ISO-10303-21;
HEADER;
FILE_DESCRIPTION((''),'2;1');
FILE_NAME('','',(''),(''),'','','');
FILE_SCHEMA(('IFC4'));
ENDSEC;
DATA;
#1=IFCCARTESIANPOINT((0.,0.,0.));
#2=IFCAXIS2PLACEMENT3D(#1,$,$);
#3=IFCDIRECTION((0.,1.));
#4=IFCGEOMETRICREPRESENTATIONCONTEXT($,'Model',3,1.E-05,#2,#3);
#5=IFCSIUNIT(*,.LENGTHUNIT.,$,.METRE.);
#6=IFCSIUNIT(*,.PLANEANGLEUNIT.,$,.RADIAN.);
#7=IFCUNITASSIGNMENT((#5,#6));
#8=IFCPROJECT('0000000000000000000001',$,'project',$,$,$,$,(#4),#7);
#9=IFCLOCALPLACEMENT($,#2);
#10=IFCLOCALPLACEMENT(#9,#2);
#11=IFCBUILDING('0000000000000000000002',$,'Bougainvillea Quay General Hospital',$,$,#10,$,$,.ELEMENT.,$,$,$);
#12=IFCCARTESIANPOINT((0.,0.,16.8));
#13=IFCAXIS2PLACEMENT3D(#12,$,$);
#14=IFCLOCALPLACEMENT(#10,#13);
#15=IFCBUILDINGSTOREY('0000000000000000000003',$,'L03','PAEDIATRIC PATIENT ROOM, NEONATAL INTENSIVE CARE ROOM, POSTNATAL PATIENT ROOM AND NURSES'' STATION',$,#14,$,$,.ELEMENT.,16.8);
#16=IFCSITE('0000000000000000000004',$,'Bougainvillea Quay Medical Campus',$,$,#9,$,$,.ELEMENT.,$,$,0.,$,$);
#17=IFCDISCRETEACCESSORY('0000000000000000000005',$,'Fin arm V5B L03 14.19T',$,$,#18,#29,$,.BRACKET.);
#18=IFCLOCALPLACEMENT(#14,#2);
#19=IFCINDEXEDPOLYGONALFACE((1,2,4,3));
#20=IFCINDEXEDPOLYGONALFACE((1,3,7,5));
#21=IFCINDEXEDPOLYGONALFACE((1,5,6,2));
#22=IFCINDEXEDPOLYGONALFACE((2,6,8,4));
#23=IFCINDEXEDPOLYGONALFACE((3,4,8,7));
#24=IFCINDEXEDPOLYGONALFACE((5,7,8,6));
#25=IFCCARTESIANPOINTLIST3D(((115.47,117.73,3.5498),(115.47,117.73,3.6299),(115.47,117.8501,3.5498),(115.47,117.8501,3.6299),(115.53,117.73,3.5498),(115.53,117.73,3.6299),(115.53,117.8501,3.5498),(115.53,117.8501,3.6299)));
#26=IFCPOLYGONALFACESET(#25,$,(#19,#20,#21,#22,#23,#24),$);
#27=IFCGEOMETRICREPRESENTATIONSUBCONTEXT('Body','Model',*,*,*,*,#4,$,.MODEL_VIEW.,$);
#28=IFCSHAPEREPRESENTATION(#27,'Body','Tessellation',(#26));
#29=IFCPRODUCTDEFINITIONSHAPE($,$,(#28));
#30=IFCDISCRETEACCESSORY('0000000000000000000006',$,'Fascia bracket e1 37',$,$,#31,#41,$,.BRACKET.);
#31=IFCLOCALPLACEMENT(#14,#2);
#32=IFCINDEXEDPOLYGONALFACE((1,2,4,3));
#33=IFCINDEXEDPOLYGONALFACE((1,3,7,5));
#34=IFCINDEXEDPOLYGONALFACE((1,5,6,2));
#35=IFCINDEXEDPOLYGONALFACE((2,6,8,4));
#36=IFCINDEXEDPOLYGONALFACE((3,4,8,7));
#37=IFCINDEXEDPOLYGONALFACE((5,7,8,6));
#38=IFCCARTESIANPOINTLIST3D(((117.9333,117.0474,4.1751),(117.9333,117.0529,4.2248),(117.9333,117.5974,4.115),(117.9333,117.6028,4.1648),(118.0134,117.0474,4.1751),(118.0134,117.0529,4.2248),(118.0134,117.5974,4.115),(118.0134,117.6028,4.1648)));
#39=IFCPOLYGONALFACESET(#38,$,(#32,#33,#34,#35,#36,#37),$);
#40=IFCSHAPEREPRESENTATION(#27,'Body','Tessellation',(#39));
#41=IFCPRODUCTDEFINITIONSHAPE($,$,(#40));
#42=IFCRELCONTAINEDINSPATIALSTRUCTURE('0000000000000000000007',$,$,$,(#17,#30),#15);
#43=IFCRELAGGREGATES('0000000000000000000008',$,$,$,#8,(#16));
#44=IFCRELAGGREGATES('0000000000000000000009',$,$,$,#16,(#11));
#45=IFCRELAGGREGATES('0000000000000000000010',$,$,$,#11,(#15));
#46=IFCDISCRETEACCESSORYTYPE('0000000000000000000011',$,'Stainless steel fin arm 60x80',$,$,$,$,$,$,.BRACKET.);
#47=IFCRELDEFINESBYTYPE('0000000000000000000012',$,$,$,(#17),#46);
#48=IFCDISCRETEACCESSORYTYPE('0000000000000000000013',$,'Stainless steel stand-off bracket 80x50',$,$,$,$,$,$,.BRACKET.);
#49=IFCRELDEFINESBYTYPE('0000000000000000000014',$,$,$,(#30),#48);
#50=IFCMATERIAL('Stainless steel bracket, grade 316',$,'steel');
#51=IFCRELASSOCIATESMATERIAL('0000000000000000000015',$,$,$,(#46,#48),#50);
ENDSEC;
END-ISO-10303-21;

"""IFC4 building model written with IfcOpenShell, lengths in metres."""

from ifc_helpers import new_model, si_unit, direction, frame, origin, origin_2d, place, context, subcontext, project, spatial, rectangle, extrude, material, material_profile, profile_set, type_object, element, save


model = new_model("IFC4")

# Units and contexts
model_context = context("Model", 3, precision=1e-05, world=origin(), true_north=direction((0.0, 1.0)))
body_context = subcontext(model_context, "Body", "Model", "MODEL_VIEW")
ifc_project = project(units=[si_unit("LENGTHUNIT", "METRE"), si_unit("PLANEANGLEUNIT", "RADIAN")], contexts=[model_context])

# Site, building, storey
site_placement = place(None, origin())
site = spatial("IfcSite", under=ifc_project, at=site_placement, Name="Bougainvillea Quay Medical Campus", CompositionType="ELEMENT", RefElevation=0.0)
building_placement = place(site_placement, origin())
building = spatial("IfcBuilding", under=site, at=building_placement, Name="Bougainvillea Quay General Hospital", CompositionType="ELEMENT")
storey_placement = place(building_placement, frame((0.0, 0.0, 16.8)))
storey = spatial("IfcBuildingStorey", under=building, at=storey_placement, Name="L03", Description="PAEDIATRIC PATIENT ROOM, NEONATAL INTENSIVE CARE ROOM, POSTNATAL PATIENT ROOM AND NURSES' STATION", CompositionType="ELEMENT", Elevation=16.8)

# Discrete accessories
ifc_material_1 = material(Name="Stainless steel bracket, grade 316", Category="steel")
discrete_accessory_type_1 = type_object("IfcDiscreteAccessoryType", Name="Stainless steel fin arm 60x80", PredefinedType="BRACKET", material=ifc_material_1)
for number, where, z_axis, x_axis, name in (
    (1, (115.5, 117.79, 3.5498), (0.0, 0.0, 1.0), (0.0, -1.0, 0.0), "Fin arm V5B L03 14.19T"),
):
    element("IfcDiscreteAccessory", number, at=place(storey_placement, frame(where, z_axis=z_axis, x_axis=x_axis)), inside=storey, type_object=discrete_accessory_type_1, Name=name, PredefinedType="BRACKET", context=body_context, shape_type="SweptSolid", body=[
        extrude(rectangle(XDim=0.1201, YDim=0.0601, at=origin_2d()), origin(), (0.0, 0.0, 1.0), 0.0801),
    ])
ifc_material_profile_1 = material_profile(ifc_material_1, rectangle(XDim=0.0801, YDim=0.05, at=origin_2d()))
ifc_profile_set_1 = profile_set([ifc_material_profile_1], Name="Stainless steel bracket, grade 316")
discrete_accessory_type_2 = type_object("IfcDiscreteAccessoryType", Name="Stainless steel stand-off bracket 80x50", PredefinedType="BRACKET", material=ifc_profile_set_1)
discrete_accessory_placement = place(storey_placement, frame((117.9734, 117.6001, 4.1399), z_axis=(0.0, -0.994092, 0.108543), x_axis=(1.0, 0.0, 0.0)))
element("IfcDiscreteAccessory", 2, at=discrete_accessory_placement, inside=storey, type_object=discrete_accessory_type_2, Name="Fascia bracket e1 37", PredefinedType="BRACKET", context=body_context, shape_type="SweptSolid", body=[
    extrude(rectangle(XDim=0.0801, YDim=0.05, at=origin_2d()), origin(), (0.0, 0.0, 1.0), 0.5532),
])

save(model, "model.ifc")
